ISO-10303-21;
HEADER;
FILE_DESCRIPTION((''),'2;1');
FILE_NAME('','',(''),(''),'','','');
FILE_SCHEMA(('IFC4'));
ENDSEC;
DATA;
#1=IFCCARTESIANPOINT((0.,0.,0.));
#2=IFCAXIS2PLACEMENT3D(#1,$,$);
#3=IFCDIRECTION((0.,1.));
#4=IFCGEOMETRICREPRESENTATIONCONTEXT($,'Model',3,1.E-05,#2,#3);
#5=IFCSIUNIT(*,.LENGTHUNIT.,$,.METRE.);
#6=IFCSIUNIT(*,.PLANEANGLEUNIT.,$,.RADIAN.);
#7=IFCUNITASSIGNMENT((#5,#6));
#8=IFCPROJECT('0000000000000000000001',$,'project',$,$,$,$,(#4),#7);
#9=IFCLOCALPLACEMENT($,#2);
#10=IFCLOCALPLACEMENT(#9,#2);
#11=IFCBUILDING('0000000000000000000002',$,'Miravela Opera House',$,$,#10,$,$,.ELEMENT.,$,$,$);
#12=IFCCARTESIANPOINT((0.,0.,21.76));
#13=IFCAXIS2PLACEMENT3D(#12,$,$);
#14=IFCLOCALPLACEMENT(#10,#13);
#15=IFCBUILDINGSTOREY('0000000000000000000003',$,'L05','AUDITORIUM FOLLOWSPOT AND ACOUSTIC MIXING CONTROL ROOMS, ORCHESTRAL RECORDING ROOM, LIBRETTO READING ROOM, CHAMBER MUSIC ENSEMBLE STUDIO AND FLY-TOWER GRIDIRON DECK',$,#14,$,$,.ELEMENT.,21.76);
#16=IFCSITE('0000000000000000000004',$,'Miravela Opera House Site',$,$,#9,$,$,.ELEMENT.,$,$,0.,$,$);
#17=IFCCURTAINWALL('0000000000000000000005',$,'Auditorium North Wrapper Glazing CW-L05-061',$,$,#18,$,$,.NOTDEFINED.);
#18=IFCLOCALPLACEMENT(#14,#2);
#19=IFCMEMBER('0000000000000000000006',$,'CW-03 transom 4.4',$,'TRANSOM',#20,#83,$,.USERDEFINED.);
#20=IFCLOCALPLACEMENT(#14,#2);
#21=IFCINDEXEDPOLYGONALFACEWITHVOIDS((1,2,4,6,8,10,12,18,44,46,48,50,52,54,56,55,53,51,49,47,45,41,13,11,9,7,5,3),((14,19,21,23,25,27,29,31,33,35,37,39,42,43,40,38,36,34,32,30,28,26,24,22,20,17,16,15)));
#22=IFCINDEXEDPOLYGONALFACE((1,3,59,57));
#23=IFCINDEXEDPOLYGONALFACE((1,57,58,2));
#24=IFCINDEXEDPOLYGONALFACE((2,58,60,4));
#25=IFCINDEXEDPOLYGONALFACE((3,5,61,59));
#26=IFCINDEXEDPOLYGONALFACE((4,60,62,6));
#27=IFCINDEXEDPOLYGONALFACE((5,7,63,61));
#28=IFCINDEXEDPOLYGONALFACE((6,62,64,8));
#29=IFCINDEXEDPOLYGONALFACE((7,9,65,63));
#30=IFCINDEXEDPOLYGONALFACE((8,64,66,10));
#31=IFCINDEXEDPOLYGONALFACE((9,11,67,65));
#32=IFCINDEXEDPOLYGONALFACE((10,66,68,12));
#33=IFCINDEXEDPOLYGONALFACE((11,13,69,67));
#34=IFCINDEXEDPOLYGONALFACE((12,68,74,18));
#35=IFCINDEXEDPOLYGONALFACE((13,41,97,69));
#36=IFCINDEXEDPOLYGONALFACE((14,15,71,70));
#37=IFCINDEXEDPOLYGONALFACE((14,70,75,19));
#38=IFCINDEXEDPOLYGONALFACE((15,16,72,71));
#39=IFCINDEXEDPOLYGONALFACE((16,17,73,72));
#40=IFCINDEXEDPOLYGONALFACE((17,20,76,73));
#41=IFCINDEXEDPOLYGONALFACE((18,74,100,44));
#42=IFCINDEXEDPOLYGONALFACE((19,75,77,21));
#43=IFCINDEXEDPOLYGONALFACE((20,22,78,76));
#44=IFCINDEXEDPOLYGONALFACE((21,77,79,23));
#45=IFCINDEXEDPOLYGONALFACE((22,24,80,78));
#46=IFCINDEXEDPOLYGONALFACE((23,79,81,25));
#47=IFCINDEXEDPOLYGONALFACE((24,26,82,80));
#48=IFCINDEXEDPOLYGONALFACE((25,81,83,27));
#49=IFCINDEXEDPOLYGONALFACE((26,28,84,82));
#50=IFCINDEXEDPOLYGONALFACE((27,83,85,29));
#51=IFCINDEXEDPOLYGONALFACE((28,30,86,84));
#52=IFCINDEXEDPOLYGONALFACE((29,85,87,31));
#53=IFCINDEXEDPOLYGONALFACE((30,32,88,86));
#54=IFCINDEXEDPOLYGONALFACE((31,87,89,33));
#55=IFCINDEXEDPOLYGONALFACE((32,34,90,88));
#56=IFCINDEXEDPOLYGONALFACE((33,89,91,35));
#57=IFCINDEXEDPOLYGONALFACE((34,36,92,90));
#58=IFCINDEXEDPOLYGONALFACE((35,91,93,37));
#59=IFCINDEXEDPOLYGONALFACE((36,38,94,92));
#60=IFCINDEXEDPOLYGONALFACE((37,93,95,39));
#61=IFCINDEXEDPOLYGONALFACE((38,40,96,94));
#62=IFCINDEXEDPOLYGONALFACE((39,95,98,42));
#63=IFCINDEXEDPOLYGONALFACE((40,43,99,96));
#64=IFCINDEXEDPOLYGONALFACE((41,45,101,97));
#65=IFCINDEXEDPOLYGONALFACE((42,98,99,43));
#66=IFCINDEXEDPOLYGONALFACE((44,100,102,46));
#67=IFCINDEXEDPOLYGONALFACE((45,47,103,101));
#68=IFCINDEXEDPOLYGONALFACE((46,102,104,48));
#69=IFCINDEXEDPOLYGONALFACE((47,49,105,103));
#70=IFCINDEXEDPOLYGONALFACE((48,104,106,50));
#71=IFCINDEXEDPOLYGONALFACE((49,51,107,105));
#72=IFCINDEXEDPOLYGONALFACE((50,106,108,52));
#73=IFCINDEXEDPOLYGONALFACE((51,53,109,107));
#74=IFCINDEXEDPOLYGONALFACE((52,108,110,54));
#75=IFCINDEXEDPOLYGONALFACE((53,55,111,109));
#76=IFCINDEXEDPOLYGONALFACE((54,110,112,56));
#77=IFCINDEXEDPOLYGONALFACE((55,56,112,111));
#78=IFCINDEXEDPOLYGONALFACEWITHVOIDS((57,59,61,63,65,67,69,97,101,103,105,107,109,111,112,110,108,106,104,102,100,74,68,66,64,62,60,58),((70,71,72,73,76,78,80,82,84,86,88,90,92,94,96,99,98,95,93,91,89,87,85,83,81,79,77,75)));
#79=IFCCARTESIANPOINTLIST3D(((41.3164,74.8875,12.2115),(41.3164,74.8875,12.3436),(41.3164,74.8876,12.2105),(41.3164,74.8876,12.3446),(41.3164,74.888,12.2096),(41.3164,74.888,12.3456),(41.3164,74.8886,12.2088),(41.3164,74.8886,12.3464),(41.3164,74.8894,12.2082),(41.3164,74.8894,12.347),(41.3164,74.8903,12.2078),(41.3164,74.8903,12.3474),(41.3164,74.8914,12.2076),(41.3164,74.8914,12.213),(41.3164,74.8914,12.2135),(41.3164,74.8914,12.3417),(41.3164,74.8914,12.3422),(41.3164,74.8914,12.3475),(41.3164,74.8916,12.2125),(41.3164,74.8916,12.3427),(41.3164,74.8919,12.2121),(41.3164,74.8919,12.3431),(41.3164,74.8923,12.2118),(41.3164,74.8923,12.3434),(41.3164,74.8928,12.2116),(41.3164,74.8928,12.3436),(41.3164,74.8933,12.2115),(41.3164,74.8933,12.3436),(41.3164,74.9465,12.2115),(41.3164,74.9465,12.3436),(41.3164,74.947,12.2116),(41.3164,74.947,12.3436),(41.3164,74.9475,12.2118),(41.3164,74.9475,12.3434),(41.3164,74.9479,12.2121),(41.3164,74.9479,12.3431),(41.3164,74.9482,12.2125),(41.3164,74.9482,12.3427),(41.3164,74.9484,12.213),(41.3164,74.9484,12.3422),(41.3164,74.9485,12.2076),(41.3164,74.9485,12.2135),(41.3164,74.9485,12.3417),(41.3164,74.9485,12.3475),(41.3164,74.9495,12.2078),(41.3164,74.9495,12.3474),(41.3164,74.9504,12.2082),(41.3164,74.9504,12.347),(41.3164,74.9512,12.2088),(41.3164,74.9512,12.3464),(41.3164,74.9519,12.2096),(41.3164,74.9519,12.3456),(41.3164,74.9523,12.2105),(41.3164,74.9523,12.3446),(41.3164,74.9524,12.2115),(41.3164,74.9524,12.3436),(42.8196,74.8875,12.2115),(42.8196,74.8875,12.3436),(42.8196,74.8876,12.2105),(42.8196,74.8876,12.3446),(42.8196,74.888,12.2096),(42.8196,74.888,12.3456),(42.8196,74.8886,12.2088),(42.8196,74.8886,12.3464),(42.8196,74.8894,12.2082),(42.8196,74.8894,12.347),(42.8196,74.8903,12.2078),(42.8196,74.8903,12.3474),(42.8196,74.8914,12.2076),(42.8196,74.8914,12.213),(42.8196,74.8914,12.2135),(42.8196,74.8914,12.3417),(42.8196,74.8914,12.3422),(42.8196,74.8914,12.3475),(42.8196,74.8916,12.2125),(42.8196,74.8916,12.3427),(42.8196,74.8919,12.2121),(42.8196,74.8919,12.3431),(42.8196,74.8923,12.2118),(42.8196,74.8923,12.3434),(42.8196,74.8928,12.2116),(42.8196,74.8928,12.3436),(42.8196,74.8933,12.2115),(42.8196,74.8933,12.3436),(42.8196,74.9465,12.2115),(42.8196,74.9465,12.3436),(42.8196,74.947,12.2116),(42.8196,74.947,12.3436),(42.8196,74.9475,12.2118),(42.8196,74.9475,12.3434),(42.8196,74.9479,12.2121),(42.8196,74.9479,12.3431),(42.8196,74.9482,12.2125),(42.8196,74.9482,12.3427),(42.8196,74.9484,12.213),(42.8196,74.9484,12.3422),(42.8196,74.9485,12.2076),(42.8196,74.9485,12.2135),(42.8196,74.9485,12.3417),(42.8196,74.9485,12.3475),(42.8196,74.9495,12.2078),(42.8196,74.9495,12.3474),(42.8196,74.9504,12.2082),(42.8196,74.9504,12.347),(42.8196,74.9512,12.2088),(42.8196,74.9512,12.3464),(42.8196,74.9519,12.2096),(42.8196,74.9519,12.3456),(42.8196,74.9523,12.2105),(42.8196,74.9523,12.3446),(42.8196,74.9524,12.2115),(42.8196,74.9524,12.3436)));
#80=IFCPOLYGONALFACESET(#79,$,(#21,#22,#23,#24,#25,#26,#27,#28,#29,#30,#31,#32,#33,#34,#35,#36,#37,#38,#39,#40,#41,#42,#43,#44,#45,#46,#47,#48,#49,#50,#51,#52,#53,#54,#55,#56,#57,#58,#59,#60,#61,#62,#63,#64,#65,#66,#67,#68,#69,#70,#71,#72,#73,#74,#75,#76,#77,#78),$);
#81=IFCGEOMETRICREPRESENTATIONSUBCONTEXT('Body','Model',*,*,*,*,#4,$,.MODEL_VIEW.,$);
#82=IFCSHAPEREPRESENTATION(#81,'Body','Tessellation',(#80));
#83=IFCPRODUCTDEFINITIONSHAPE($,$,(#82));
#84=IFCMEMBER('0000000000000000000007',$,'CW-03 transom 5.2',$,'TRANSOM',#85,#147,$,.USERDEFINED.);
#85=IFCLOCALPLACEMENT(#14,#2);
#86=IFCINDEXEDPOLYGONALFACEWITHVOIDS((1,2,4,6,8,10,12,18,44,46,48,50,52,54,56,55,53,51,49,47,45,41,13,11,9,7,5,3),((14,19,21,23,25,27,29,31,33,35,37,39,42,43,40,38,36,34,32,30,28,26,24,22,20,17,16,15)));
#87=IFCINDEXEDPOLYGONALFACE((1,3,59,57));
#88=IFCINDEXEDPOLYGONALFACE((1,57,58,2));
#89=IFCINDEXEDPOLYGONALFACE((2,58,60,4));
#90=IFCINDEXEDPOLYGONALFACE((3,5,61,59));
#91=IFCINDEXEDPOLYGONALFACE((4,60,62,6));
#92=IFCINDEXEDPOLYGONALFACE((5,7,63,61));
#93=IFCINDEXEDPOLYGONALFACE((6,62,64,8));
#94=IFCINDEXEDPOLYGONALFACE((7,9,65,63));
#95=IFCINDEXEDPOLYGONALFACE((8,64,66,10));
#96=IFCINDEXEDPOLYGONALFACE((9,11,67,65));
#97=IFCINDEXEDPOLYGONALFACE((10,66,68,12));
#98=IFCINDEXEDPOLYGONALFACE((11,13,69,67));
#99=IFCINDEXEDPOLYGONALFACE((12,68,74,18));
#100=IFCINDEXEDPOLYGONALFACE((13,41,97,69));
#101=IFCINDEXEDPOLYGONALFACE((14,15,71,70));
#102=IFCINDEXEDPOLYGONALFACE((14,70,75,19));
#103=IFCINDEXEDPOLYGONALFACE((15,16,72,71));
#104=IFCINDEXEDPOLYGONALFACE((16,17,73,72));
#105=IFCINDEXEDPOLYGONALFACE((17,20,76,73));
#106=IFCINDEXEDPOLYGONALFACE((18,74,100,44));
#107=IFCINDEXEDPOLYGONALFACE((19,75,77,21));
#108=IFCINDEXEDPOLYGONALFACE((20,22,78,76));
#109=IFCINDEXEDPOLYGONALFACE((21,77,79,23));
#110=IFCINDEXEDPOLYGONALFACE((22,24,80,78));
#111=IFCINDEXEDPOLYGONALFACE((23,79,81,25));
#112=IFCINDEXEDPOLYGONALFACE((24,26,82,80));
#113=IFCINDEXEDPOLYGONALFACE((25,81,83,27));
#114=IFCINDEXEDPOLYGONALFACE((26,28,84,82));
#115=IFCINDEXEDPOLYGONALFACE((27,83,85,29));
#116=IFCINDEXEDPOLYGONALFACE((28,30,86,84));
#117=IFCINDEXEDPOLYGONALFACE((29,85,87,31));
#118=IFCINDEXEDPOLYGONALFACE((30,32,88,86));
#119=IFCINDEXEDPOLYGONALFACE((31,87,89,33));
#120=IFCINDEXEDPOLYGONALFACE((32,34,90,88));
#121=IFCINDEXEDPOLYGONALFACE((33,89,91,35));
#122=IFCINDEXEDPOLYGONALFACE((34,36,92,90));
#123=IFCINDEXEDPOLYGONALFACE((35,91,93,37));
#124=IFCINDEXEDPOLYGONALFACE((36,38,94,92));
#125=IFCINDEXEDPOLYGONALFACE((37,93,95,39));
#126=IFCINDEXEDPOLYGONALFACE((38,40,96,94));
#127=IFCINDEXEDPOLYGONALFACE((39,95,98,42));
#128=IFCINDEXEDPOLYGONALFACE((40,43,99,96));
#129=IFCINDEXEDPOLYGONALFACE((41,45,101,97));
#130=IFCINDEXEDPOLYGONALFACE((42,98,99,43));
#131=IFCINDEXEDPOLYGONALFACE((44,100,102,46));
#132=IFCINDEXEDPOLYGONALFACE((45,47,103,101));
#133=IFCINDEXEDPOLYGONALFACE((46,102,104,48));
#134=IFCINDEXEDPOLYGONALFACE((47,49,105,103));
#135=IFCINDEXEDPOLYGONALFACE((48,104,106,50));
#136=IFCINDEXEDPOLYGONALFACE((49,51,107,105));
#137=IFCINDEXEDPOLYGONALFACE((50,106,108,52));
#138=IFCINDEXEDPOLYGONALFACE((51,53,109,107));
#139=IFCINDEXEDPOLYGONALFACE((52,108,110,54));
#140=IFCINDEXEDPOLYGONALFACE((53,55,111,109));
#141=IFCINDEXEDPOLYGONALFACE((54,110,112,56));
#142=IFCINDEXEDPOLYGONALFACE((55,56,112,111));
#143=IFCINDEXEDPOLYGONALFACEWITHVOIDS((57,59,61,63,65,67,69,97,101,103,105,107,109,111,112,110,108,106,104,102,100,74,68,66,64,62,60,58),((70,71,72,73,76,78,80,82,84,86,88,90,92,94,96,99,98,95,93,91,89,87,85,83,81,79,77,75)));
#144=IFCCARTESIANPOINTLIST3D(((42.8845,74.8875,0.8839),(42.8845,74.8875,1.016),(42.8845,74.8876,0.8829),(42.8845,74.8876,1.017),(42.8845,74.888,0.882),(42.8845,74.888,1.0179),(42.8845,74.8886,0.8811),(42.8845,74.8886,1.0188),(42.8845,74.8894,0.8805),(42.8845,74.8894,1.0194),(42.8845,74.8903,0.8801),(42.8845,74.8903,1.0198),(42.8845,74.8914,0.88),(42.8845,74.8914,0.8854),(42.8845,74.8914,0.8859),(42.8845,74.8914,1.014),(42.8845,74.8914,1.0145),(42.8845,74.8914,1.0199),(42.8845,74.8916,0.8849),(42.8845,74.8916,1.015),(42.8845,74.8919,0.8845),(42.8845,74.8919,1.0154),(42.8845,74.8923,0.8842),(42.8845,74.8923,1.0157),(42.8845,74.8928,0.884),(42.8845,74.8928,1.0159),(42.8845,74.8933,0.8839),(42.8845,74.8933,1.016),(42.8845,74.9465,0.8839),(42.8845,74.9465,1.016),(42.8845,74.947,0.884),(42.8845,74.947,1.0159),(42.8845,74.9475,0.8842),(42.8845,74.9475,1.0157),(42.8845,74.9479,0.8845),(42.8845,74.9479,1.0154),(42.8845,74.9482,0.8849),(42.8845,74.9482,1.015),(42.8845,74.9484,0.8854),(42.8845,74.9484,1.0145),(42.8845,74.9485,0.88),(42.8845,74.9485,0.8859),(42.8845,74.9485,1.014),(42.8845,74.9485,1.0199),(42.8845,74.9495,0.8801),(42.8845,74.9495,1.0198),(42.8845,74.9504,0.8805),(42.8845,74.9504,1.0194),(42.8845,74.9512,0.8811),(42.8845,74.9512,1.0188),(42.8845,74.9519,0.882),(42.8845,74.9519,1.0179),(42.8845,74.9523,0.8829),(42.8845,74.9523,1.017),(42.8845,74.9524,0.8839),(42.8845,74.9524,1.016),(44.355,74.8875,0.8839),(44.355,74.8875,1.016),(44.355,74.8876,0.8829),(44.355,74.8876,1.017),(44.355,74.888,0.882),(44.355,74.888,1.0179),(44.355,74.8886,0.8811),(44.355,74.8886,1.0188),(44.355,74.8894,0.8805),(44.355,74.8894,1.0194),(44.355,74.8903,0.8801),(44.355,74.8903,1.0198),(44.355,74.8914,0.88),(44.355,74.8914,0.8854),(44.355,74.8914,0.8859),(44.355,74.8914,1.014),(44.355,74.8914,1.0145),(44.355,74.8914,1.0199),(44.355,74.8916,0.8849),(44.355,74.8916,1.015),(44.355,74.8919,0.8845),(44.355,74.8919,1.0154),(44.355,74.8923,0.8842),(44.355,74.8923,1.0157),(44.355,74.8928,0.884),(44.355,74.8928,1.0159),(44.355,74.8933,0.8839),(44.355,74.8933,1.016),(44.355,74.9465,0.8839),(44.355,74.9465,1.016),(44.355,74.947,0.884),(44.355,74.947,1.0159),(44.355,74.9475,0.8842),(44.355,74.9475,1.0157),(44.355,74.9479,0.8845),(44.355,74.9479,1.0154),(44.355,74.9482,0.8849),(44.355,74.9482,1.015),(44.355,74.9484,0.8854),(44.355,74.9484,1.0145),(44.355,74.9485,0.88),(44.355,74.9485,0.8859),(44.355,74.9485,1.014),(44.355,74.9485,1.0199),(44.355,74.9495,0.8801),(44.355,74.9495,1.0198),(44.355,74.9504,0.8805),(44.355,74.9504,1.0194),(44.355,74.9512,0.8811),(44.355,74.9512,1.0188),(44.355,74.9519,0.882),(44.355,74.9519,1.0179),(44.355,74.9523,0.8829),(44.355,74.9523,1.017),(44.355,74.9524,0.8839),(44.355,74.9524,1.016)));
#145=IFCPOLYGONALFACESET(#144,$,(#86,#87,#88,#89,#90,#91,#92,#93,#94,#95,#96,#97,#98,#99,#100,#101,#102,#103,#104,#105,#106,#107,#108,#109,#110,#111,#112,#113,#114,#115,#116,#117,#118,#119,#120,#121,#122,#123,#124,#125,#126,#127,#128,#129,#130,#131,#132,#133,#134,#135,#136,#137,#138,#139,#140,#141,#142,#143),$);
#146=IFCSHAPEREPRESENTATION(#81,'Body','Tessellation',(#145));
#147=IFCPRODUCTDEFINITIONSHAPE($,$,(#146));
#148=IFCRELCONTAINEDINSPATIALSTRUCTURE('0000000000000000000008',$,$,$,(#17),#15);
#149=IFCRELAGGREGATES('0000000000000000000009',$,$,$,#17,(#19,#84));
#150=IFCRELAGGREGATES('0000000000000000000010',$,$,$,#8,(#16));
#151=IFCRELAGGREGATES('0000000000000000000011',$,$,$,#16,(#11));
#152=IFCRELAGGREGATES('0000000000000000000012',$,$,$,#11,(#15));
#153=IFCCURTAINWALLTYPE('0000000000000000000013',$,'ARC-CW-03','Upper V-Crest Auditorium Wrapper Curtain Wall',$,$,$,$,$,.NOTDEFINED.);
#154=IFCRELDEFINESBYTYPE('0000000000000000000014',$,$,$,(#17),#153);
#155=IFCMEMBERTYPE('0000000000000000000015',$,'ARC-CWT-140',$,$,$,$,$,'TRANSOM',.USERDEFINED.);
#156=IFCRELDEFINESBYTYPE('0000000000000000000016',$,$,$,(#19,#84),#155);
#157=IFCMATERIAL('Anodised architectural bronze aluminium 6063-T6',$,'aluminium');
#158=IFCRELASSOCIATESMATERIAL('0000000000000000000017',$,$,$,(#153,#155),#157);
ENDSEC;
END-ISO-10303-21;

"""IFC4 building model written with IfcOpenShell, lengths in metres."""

from ifc_helpers import new_model, si_unit, direction, frame, origin, origin_2d, place, context, subcontext, project, spatial, hollow_rectangle, extrude, material, material_profile, profile_set, type_object, element, aggregate, save


model = new_model("IFC4")

# Units and contexts
model_context = context("Model", 3, precision=1e-05, world=origin(), true_north=direction((0.0, 1.0)))
body_context = subcontext(model_context, "Body", "Model", "MODEL_VIEW")
ifc_project = project(units=[si_unit("LENGTHUNIT", "METRE"), si_unit("PLANEANGLEUNIT", "RADIAN")], contexts=[model_context])

# Site, building, storey
site_placement = place(None, origin())
site = spatial("IfcSite", under=ifc_project, at=site_placement, Name="Miravela Opera House Site", CompositionType="ELEMENT", RefElevation=0.0)
building_placement = place(site_placement, origin())
building = spatial("IfcBuilding", under=site, at=building_placement, Name="Miravela Opera House", CompositionType="ELEMENT")
storey_placement = place(building_placement, frame((0.0, 0.0, 21.76)))
storey = spatial("IfcBuildingStorey", under=building, at=storey_placement, Name="L05", Description="AUDITORIUM FOLLOWSPOT AND ACOUSTIC MIXING CONTROL ROOMS, ORCHESTRAL RECORDING ROOM, LIBRETTO READING ROOM, CHAMBER MUSIC ENSEMBLE STUDIO AND FLY-TOWER GRIDIRON DECK", CompositionType="ELEMENT", Elevation=21.76)

# Curtain wall, members
ifc_material_1 = material(Name="Anodised architectural bronze aluminium 6063-T6", Category="aluminium")
curtain_wall_type = type_object("IfcCurtainWallType", Name="ARC-CW-03", Description="Upper V-Crest Auditorium Wrapper Curtain Wall", PredefinedType="NOTDEFINED", material=ifc_material_1)
curtain_wall_placement = place(storey_placement, origin())
curtain_wall = element("IfcCurtainWall", 1, at=curtain_wall_placement, inside=storey, type_object=curtain_wall_type, Name="Auditorium North Wrapper Glazing CW-L05-061", PredefinedType="NOTDEFINED")
ifc_material_profile = material_profile(ifc_material_1, hollow_rectangle(XDim=0.0649, YDim=0.1399, WallThickness=0.0039, InnerFilletRadius=0.002, OuterFilletRadius=0.0039, at=origin_2d()), Name="CWT-65X140")
ifc_profile_set = profile_set([ifc_material_profile])
member_type = type_object("IfcMemberType", Name="ARC-CWT-140", ElementType="TRANSOM", PredefinedType="USERDEFINED", material=ifc_profile_set)
member_1_placement = place(storey_placement, frame((41.3164, 74.9199, 12.2776), z_axis=(1.0, 0.0, 0.0), x_axis=(0.0, 1.0, 0.0)))
member_1 = element("IfcMember", 2, at=member_1_placement, type_object=member_type, Name="CW-03 transom 4.4", ObjectType="TRANSOM", PredefinedType="USERDEFINED", context=body_context, shape_type="SweptSolid", body=[
    extrude(hollow_rectangle(XDim=0.0649, YDim=0.1399, WallThickness=0.0039, InnerFilletRadius=0.002, OuterFilletRadius=0.0039, at=origin_2d()), origin(), (0.0, 0.0, 1.0), 1.5032),
])
member_2_placement = place(storey_placement, frame((42.8845, 74.9199, 0.95), z_axis=(1.0, 0.0, 0.0), x_axis=(0.0, 1.0, 0.0)))
member_2 = element("IfcMember", 3, at=member_2_placement, type_object=member_type, Name="CW-03 transom 5.2", ObjectType="TRANSOM", PredefinedType="USERDEFINED", context=body_context, shape_type="SweptSolid", body=[
    extrude(hollow_rectangle(XDim=0.0649, YDim=0.1399, WallThickness=0.0039, InnerFilletRadius=0.002, OuterFilletRadius=0.0039, at=origin_2d()), origin(), (0.0, 0.0, 1.0), 1.4705),
])
aggregate(curtain_wall, [member_1, member_2])

save(model, "model.ifc")
